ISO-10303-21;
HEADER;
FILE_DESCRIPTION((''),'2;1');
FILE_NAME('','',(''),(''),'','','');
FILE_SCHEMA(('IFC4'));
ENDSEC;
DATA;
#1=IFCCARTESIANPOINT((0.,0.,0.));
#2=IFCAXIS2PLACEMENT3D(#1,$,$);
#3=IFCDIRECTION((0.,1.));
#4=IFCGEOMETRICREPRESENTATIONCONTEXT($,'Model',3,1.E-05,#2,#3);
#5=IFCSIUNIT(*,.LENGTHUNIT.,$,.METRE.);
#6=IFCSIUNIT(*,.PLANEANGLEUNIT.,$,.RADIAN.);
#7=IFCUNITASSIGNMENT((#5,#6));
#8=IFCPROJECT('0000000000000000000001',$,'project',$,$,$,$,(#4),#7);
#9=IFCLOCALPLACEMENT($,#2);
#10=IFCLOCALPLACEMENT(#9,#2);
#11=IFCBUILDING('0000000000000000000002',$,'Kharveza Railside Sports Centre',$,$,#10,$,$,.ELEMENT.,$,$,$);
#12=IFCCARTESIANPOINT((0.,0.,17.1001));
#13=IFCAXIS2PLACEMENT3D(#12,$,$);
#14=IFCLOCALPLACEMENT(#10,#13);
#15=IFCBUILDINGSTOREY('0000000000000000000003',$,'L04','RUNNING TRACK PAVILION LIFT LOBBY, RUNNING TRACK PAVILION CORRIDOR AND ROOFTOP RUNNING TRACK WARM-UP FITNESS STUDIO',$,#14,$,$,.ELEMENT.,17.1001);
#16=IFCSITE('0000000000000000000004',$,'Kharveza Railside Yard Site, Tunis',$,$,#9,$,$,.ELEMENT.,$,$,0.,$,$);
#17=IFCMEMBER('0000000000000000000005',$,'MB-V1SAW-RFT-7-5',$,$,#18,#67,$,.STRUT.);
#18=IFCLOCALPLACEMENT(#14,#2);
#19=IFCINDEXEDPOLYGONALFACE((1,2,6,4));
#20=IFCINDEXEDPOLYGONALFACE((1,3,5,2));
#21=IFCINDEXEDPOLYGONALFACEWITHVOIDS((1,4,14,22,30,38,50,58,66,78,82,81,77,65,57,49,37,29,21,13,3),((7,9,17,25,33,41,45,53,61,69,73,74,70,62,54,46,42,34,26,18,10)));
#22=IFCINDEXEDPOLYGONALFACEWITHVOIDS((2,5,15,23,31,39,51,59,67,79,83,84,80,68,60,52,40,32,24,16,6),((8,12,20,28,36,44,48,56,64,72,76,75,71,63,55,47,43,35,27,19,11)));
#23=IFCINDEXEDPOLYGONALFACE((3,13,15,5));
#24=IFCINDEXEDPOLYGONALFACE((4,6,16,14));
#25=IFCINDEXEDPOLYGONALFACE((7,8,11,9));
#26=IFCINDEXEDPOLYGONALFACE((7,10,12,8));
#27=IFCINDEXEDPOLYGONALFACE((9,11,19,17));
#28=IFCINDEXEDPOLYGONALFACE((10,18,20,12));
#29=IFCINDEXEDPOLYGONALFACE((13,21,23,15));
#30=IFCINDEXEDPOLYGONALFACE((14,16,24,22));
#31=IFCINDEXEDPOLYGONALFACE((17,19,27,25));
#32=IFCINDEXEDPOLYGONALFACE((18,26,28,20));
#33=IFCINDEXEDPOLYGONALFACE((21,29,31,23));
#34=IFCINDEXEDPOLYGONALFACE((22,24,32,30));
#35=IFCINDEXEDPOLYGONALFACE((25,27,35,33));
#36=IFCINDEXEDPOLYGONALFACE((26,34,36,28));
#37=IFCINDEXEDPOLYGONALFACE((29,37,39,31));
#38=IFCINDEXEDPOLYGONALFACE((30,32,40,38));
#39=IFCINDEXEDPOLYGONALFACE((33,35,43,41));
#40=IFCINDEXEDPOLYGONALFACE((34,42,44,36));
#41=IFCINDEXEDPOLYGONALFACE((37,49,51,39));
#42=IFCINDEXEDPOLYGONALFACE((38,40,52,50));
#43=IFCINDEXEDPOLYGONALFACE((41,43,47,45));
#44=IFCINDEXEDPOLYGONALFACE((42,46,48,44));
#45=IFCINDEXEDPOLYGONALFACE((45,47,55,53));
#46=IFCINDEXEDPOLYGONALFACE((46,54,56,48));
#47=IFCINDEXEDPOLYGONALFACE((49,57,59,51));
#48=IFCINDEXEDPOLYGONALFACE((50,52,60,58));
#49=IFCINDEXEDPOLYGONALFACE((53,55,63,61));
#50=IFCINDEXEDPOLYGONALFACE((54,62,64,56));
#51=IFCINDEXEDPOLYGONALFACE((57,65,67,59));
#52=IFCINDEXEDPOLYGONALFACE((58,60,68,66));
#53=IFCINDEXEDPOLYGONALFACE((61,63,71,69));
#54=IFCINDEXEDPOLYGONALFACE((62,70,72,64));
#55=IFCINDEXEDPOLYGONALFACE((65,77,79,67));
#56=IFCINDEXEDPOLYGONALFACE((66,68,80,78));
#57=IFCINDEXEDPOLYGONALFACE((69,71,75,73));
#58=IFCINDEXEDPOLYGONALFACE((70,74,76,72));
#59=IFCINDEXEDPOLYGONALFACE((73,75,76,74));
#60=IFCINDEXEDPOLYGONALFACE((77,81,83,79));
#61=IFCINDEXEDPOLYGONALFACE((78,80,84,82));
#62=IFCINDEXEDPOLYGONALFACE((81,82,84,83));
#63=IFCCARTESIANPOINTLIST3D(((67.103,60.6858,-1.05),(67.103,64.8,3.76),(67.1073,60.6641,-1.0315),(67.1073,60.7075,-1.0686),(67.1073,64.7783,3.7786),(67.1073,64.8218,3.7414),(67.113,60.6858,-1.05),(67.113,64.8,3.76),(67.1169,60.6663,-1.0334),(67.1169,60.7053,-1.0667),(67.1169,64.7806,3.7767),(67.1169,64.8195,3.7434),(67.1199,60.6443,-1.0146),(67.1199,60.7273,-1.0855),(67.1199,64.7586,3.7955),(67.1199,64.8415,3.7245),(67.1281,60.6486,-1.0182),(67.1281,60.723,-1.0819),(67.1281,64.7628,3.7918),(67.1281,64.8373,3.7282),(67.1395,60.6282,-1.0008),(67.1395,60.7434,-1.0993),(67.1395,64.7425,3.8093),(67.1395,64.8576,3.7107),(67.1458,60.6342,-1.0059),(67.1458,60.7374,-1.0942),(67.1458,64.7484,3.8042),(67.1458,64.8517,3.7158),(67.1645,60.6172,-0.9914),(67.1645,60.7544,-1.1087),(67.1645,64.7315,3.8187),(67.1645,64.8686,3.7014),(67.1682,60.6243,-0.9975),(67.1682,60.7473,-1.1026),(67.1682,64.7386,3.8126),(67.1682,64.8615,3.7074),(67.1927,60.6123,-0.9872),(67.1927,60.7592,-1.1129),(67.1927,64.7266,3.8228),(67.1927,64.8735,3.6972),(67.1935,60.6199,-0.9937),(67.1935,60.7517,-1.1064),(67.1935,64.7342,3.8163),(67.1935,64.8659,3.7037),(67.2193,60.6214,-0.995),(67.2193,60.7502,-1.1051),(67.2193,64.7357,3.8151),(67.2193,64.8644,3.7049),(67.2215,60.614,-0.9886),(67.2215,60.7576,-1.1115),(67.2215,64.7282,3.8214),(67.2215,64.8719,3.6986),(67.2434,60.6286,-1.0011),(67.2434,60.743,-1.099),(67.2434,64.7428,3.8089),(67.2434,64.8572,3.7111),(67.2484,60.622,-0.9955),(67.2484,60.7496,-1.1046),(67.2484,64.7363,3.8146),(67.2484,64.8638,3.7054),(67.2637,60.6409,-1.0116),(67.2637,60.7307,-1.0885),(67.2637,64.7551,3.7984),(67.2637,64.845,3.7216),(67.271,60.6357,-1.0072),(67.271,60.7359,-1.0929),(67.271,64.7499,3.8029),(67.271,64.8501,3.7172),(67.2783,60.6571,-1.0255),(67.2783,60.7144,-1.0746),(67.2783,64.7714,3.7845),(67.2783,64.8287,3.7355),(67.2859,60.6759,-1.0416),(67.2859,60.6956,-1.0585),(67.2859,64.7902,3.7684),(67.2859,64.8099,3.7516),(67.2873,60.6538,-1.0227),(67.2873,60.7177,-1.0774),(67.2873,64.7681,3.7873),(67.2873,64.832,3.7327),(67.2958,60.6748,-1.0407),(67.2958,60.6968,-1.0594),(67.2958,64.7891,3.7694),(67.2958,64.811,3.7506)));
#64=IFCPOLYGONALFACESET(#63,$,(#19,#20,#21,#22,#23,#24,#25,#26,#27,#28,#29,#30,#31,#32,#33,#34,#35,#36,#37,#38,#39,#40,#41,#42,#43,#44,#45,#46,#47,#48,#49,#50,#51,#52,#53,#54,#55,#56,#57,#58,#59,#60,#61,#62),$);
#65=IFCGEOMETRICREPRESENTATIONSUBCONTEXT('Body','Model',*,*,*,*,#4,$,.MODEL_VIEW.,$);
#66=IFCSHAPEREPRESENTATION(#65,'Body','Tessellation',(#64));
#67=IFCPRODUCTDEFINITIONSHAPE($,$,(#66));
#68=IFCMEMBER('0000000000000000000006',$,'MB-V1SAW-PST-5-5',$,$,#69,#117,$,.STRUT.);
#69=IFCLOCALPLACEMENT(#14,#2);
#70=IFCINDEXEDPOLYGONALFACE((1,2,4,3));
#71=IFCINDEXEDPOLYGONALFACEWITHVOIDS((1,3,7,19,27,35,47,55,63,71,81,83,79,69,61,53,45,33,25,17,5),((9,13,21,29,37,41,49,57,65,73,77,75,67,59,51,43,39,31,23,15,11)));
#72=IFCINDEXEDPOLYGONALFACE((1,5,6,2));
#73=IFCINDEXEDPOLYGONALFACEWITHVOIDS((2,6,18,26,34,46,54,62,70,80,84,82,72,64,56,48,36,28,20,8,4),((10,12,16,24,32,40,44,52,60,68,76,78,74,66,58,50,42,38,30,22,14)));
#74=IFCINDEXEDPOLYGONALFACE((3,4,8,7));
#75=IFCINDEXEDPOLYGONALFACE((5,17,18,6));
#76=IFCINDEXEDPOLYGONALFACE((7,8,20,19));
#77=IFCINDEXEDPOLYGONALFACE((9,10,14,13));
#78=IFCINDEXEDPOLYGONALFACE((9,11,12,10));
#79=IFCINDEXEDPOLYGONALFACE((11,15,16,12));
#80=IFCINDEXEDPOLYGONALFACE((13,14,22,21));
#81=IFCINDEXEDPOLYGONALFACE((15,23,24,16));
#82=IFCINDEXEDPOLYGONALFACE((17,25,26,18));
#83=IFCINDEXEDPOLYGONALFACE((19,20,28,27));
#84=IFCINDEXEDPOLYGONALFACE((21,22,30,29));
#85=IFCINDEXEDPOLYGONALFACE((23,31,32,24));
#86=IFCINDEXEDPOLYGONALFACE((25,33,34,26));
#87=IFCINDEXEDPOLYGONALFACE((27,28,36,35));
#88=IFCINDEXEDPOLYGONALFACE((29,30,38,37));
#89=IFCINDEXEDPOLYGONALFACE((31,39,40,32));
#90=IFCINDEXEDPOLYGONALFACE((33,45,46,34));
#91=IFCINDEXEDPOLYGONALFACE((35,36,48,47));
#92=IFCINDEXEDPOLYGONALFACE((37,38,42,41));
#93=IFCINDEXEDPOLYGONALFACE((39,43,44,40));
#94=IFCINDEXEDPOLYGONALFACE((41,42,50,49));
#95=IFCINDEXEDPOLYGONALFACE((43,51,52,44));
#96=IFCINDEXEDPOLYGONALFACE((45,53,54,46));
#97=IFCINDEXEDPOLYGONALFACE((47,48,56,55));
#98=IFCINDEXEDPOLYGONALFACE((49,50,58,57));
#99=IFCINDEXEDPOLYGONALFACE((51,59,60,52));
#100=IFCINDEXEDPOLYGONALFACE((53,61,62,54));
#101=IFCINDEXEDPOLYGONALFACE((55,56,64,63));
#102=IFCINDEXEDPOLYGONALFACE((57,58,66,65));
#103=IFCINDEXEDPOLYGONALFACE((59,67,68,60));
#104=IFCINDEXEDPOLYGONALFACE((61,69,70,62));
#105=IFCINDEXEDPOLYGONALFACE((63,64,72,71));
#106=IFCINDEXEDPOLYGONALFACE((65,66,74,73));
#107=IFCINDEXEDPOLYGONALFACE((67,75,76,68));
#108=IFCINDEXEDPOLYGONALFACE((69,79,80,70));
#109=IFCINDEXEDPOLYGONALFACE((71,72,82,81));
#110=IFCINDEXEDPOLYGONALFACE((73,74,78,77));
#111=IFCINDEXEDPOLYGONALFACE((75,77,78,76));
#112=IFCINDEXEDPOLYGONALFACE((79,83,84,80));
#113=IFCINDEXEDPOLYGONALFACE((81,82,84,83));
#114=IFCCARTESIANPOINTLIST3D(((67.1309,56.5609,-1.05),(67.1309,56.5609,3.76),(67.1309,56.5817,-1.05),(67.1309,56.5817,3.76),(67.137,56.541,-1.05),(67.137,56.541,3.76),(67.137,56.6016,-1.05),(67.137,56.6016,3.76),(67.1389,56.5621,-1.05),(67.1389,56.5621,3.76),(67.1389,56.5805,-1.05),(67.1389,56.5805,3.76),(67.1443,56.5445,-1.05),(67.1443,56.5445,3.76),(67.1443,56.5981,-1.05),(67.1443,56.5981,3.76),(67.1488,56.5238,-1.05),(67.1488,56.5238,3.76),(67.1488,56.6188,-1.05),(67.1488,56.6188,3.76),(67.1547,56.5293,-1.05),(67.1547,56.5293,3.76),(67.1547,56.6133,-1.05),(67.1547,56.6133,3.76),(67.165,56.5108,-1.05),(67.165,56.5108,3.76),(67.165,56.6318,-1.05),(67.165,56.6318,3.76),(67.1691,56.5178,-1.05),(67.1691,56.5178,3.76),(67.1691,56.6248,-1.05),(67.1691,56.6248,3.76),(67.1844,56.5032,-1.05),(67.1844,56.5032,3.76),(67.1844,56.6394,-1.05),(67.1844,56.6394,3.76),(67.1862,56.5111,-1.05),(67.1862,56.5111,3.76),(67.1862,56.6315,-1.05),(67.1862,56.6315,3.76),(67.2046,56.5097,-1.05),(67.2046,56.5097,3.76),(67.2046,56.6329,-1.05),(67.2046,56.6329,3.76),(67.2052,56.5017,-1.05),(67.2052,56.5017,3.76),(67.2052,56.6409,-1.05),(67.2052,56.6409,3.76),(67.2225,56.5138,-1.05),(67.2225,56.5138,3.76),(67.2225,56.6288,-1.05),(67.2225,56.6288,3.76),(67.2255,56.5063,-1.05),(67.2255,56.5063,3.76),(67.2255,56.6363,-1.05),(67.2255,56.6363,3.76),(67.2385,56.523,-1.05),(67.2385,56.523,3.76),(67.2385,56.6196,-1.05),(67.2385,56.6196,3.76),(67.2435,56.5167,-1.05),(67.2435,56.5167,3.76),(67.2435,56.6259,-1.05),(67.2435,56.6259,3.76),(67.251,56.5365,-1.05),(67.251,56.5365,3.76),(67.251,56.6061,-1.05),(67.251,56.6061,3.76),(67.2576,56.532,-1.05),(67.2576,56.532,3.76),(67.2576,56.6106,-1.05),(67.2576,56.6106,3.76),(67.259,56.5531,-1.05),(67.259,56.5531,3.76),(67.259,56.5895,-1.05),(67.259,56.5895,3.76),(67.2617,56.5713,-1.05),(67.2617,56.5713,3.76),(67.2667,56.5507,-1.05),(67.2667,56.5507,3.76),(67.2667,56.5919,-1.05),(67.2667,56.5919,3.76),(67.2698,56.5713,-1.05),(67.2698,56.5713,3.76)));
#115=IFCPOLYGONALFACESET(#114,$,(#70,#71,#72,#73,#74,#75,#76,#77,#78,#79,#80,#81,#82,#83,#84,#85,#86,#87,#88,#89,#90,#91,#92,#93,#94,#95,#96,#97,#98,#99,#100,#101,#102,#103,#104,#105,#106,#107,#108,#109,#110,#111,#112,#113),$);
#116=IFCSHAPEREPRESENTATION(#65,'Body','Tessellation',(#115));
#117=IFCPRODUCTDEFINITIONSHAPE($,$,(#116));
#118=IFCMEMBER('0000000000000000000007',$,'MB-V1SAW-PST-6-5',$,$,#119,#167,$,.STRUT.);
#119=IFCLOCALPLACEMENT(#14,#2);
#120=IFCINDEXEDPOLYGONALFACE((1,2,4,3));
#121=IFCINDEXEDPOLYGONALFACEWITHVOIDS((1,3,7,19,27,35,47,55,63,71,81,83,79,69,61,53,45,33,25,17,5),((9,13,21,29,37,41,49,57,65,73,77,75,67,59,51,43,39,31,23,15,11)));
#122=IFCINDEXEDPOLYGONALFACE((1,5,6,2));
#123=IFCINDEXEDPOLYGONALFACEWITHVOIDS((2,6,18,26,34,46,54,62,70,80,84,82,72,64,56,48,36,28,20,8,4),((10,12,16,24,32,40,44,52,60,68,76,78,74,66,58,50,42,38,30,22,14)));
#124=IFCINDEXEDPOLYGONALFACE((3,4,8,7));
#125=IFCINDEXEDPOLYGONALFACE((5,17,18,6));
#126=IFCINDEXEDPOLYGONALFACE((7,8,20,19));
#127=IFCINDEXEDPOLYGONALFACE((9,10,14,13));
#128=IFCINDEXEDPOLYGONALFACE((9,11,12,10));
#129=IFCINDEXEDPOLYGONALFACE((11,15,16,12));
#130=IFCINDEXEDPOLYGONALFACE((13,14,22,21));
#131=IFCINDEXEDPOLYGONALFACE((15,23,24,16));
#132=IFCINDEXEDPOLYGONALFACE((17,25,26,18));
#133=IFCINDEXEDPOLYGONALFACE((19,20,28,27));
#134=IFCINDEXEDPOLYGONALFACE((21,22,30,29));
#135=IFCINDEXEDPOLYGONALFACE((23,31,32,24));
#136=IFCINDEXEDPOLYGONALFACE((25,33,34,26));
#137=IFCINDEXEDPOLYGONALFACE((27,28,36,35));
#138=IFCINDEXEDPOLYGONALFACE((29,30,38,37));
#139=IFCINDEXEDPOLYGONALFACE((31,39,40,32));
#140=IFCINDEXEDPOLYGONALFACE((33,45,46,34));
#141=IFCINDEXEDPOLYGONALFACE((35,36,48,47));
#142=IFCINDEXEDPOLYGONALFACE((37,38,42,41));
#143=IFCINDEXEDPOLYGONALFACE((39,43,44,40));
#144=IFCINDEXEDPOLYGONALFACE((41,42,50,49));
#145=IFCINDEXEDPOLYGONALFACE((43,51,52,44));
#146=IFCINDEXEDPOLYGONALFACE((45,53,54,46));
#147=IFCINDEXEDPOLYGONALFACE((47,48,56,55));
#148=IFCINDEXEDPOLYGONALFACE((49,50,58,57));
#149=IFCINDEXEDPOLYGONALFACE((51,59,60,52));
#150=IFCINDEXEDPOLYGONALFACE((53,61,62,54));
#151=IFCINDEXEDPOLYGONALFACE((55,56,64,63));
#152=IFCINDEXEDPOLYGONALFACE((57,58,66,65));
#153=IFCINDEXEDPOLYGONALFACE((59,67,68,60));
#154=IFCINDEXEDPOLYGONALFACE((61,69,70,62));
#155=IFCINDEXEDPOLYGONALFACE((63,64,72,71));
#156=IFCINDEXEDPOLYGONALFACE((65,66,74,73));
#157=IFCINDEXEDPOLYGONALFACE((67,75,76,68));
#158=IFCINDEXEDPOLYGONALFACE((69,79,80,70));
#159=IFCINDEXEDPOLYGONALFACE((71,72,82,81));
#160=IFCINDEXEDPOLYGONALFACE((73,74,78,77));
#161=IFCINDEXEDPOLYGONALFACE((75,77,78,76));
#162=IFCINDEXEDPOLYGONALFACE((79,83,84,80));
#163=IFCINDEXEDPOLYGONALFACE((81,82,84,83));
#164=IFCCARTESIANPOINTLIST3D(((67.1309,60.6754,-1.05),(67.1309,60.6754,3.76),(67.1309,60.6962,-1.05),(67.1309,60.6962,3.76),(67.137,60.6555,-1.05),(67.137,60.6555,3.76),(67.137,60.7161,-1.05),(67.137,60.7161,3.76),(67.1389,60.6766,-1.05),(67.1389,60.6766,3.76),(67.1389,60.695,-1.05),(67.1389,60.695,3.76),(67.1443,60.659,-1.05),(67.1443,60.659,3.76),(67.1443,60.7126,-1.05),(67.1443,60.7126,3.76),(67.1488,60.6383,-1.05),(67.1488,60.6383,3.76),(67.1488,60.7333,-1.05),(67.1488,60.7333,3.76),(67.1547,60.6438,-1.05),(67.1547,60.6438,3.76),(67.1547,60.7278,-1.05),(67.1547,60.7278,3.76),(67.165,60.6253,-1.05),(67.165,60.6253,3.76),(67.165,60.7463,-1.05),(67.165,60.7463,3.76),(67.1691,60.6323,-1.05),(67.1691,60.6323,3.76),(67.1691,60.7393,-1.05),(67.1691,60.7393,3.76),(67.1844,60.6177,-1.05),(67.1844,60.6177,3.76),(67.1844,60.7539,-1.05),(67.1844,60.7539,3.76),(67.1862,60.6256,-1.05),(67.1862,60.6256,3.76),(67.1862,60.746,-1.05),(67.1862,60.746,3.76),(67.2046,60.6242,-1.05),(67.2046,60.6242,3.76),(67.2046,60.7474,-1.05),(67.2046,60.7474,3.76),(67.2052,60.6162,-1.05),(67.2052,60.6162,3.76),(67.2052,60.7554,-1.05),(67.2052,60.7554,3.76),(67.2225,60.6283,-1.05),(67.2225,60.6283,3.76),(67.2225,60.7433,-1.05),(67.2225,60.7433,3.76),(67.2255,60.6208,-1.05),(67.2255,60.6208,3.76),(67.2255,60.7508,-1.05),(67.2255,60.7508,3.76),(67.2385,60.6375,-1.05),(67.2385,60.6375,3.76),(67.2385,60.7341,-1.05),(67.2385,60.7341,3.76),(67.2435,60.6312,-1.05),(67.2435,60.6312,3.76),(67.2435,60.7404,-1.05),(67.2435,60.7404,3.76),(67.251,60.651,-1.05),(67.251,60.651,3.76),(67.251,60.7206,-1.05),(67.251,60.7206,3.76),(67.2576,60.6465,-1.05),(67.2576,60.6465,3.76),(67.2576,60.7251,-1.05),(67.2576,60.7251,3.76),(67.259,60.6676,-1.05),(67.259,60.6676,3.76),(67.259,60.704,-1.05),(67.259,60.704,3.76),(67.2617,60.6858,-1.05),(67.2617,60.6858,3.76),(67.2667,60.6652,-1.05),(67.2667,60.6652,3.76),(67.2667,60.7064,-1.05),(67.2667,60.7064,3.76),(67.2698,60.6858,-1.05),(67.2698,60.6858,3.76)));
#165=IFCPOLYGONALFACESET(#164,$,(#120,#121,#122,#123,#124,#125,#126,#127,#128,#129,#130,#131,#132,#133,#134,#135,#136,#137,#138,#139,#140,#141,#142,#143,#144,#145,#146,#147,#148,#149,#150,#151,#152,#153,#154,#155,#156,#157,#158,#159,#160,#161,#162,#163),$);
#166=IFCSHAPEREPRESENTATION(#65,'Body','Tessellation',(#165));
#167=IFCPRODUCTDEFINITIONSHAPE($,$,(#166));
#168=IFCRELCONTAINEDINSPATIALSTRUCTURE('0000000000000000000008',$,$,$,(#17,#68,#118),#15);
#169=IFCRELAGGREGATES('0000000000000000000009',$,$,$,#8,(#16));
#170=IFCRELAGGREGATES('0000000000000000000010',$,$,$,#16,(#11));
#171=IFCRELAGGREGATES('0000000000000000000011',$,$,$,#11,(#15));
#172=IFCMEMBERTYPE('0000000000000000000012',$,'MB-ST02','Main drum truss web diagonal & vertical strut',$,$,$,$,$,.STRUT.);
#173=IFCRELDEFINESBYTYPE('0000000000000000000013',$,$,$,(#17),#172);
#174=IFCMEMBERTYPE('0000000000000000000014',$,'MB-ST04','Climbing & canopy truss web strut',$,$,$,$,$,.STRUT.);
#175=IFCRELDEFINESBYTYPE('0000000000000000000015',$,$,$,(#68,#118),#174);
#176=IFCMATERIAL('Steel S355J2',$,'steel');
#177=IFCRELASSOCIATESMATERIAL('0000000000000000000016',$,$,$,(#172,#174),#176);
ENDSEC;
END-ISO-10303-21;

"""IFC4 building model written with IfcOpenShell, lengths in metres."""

from ifc_helpers import new_model, si_unit, direction, frame, origin, origin_2d, place, context, subcontext, project, spatial, hollow_circle, extrude, material, material_profile, profile_set, type_object, element, save


model = new_model("IFC4")

# Units and contexts
model_context = context("Model", 3, precision=1e-05, world=origin(), true_north=direction((0.0, 1.0)))
body_context = subcontext(model_context, "Body", "Model", "MODEL_VIEW")
ifc_project = project(units=[si_unit("LENGTHUNIT", "METRE"), si_unit("PLANEANGLEUNIT", "RADIAN")], contexts=[model_context])

# Site, building, storey
site_placement = place(None, origin())
site = spatial("IfcSite", under=ifc_project, at=site_placement, Name="Kharveza Railside Yard Site, Tunis", CompositionType="ELEMENT", RefElevation=0.0)
building_placement = place(site_placement, origin())
building = spatial("IfcBuilding", under=site, at=building_placement, Name="Kharveza Railside Sports Centre", CompositionType="ELEMENT")
storey_placement = place(building_placement, frame((0.0, 0.0, 17.1001)))
storey = spatial("IfcBuildingStorey", under=building, at=storey_placement, Name="L04", Description="RUNNING TRACK PAVILION LIFT LOBBY, RUNNING TRACK PAVILION CORRIDOR AND ROOFTOP RUNNING TRACK WARM-UP FITNESS STUDIO", CompositionType="ELEMENT", Elevation=17.1001)

# Members
ifc_material_1 = material(Name="Steel S355J2", Category="steel")
ifc_material_profile_1 = material_profile(ifc_material_1, hollow_circle(Radius=0.0969, WallThickness=0.01, at=origin_2d()), Name="CHS 193.7x10.0")
ifc_profile_set_1 = profile_set([ifc_material_profile_1], Name="Steel S355J2")
member_type_1 = type_object("IfcMemberType", Name="MB-ST02", Description="Main drum truss web diagonal & vertical strut", PredefinedType="STRUT", material=ifc_profile_set_1)
member_1_placement = place(storey_placement, frame((67.2, 60.6858, -1.05), z_axis=(0.0, 0.650003, 0.759931), x_axis=(-1.0, 0.0, 0.0)))
element("IfcMember", 1, at=member_1_placement, inside=storey, type_object=member_type_1, Name="MB-V1SAW-RFT-7-5", PredefinedType="STRUT", context=body_context, shape_type="SweptSolid", body=[
    extrude(hollow_circle(Radius=0.0969, WallThickness=0.01, at=origin_2d()), origin(), (0.0, 0.0, 1.0), 6.3296),
])
ifc_material_profile_2 = material_profile(ifc_material_1, hollow_circle(Radius=0.0698, WallThickness=0.0081, at=origin_2d()), Name="CHS 139.7x8.0")
ifc_profile_set_2 = profile_set([ifc_material_profile_2], Name="Steel S355J2")
member_type_2 = type_object("IfcMemberType", Name="MB-ST04", Description="Climbing & canopy truss web strut", PredefinedType="STRUT", material=ifc_profile_set_2)
for number, where, z_axis, x_axis, name in (
    (2, (67.2, 56.5713, -1.05), (0.0, 0.0, 1.0), (1.0, 0.0, 0.0), "MB-V1SAW-PST-5-5"),
    (3, (67.2, 60.6858, -1.05), (0.0, 0.0, 1.0), (1.0, 0.0, 0.0), "MB-V1SAW-PST-6-5"),
):
    element("IfcMember", number, at=place(storey_placement, frame(where, z_axis=z_axis, x_axis=x_axis)), inside=storey, type_object=member_type_2, Name=name, PredefinedType="STRUT", context=body_context, shape_type="SweptSolid", body=[
        extrude(hollow_circle(Radius=0.0698, WallThickness=0.0081, at=origin_2d()), origin(), (0.0, 0.0, 1.0), 4.8101),
    ])

save(model, "model.ifc")
